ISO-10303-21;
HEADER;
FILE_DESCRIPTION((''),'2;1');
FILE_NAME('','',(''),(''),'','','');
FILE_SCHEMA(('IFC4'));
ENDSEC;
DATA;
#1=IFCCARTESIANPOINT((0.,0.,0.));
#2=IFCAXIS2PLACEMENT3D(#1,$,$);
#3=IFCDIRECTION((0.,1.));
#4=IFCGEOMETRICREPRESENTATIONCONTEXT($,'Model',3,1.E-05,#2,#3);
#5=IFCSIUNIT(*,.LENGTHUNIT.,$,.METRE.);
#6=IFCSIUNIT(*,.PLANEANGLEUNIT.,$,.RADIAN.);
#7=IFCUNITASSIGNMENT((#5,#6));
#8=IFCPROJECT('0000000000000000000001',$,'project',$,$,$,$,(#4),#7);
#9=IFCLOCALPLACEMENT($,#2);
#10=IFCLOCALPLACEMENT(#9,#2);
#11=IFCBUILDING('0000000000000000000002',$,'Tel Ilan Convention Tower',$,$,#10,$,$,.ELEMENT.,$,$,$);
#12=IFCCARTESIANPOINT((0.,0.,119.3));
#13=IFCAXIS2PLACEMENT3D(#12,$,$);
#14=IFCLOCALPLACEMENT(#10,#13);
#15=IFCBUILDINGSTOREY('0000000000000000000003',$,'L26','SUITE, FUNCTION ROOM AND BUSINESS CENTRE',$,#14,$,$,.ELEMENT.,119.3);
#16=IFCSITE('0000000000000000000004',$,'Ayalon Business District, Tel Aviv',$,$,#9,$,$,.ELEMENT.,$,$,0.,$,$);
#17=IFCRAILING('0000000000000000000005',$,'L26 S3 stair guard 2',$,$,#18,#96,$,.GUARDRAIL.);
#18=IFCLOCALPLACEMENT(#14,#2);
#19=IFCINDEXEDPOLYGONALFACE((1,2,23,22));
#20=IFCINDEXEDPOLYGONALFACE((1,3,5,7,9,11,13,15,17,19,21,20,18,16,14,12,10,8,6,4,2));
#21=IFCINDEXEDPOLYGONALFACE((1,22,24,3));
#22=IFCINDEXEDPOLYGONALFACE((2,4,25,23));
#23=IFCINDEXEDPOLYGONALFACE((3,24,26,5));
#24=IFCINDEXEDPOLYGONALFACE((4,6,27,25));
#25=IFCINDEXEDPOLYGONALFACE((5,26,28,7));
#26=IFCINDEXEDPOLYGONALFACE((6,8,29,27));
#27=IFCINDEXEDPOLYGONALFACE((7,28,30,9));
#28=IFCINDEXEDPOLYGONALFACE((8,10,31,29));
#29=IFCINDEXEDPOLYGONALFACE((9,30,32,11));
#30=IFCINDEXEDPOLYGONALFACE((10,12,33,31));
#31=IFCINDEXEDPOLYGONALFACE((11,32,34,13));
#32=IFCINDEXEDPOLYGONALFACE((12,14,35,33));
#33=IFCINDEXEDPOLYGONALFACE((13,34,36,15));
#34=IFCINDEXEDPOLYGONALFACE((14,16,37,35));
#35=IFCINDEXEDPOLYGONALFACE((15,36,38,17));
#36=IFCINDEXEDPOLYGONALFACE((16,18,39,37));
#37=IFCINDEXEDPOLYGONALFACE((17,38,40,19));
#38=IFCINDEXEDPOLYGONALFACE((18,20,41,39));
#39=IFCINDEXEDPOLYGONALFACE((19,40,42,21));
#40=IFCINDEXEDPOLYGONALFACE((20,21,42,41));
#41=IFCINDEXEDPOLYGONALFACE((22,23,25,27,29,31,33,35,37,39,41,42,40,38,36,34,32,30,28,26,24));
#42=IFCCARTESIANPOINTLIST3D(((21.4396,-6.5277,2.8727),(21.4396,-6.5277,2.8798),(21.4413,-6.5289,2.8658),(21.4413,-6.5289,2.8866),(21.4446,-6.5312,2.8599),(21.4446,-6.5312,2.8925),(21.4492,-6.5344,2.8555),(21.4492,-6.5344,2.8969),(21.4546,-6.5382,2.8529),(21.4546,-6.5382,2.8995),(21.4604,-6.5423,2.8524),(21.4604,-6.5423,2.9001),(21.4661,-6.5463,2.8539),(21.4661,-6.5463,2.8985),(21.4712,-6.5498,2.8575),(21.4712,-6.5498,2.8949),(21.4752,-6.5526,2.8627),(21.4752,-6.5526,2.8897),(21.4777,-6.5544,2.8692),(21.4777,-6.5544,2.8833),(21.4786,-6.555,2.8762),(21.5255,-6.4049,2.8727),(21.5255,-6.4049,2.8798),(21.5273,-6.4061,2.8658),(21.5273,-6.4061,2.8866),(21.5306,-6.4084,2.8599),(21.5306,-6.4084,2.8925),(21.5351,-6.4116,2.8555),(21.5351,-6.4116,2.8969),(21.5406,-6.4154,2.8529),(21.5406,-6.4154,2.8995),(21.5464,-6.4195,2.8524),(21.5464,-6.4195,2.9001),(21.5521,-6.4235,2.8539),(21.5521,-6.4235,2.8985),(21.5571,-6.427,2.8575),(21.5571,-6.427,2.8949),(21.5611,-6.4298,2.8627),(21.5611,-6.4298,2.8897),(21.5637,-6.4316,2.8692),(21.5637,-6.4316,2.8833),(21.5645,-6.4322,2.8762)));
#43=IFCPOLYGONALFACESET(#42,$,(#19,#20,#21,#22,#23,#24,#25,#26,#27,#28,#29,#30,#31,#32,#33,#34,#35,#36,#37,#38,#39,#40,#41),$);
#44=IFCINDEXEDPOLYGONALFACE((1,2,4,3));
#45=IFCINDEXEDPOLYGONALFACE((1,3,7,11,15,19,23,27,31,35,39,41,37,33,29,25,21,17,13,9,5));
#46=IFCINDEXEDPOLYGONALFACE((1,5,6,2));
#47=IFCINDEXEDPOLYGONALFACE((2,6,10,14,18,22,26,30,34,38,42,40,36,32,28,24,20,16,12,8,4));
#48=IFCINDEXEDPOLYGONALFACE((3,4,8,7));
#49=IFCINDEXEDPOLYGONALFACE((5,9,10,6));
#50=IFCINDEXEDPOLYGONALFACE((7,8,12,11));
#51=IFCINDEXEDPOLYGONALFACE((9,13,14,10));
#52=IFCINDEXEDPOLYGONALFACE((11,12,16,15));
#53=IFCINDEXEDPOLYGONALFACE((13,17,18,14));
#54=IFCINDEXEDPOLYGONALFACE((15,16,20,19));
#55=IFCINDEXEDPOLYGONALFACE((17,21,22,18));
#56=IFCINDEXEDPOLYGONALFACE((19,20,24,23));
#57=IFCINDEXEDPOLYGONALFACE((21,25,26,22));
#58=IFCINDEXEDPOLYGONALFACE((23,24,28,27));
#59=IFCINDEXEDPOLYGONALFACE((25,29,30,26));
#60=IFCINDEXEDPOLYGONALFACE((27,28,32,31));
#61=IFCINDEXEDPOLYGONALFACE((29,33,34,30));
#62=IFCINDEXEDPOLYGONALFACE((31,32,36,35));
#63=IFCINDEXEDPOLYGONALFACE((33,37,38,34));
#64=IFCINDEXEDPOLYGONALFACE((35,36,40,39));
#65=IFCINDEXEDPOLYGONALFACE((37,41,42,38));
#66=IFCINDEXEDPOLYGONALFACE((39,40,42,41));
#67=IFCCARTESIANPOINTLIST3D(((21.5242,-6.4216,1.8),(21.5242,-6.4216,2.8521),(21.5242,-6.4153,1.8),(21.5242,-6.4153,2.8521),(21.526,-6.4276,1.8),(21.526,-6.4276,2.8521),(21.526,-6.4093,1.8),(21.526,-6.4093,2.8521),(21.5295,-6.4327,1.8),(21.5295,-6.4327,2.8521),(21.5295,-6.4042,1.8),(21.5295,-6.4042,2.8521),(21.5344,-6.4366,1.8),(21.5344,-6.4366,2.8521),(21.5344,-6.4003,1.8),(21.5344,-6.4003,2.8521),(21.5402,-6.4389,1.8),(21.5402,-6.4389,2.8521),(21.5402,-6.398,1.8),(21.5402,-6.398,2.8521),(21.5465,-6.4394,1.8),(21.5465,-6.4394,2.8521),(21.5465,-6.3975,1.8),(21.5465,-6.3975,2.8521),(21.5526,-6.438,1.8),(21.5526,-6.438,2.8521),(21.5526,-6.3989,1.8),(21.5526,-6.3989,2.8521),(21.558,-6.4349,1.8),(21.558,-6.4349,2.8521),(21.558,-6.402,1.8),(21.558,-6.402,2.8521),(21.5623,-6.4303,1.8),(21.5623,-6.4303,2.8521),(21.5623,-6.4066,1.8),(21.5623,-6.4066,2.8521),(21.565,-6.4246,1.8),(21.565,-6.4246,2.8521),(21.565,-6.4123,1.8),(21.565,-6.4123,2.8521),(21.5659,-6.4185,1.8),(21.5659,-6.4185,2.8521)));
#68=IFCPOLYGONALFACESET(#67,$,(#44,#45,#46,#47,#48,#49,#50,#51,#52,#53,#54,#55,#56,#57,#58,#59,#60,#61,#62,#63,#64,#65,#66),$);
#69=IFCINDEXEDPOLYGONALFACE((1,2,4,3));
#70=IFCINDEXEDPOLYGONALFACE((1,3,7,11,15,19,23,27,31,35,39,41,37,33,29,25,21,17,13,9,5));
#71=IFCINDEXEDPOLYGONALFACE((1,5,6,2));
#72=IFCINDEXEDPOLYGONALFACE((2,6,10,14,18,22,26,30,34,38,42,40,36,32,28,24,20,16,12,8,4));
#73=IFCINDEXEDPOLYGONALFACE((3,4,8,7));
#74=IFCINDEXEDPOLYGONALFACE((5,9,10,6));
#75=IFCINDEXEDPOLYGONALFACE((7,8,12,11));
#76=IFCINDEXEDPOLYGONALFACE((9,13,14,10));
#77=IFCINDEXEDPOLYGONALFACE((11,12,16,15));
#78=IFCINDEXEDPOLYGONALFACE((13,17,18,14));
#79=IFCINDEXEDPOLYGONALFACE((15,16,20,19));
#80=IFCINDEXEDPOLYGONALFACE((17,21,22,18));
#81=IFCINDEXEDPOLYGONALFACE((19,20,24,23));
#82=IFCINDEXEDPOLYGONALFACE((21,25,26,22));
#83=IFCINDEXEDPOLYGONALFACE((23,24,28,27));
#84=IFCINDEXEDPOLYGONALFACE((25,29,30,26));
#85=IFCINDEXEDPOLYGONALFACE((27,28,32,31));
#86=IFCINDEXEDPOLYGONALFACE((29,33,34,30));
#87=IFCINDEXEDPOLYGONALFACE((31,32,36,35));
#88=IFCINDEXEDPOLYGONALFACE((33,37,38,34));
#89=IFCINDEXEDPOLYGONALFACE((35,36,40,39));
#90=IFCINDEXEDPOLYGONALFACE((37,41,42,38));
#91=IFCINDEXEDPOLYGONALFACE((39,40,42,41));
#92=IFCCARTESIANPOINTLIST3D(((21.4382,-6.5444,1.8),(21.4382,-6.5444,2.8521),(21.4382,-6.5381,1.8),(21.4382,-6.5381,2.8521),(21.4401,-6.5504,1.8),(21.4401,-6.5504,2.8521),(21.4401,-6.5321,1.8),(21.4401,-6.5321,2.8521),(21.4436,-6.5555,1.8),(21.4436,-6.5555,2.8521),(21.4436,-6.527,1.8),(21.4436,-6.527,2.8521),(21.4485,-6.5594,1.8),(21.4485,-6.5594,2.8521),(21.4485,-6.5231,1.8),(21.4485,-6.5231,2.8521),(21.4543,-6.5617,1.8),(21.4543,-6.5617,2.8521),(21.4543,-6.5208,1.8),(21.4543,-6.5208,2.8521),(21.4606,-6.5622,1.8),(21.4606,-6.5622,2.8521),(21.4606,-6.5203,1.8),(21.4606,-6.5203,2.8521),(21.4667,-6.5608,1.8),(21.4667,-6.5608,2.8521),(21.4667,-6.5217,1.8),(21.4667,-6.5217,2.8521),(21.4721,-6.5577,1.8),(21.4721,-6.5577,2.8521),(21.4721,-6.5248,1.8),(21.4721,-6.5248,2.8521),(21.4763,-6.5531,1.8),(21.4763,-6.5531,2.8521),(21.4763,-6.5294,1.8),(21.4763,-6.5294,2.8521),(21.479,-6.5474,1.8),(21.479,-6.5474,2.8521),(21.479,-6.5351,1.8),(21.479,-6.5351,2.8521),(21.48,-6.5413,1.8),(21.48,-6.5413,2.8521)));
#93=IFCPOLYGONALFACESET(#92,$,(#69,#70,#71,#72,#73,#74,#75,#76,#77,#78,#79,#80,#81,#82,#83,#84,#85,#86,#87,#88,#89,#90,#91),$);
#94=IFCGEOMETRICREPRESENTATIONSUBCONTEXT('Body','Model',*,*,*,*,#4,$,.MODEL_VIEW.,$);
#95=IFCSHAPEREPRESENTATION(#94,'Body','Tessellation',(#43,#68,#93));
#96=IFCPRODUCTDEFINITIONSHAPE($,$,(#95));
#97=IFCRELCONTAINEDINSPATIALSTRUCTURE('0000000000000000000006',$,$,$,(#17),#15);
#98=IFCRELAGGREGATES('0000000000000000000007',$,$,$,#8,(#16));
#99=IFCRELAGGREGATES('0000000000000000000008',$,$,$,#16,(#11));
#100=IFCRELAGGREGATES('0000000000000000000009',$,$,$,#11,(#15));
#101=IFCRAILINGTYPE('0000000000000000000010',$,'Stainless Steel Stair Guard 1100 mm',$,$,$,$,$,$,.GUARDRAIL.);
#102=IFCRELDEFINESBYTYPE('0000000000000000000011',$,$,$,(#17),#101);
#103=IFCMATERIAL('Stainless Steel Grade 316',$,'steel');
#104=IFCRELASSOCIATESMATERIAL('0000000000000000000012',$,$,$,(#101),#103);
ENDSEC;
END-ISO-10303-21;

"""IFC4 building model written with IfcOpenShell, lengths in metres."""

from ifc_helpers import new_model, si_unit, direction, frame, origin, origin_2d, place, context, subcontext, project, spatial, circle, extrude, material, type_object, element, save


model = new_model("IFC4")

# Units and contexts
model_context = context("Model", 3, precision=1e-05, world=origin(), true_north=direction((0.0, 1.0)))
body_context = subcontext(model_context, "Body", "Model", "MODEL_VIEW")
ifc_project = project(units=[si_unit("LENGTHUNIT", "METRE"), si_unit("PLANEANGLEUNIT", "RADIAN")], contexts=[model_context])

# Site, building, storey
site_placement = place(None, origin())
site = spatial("IfcSite", under=ifc_project, at=site_placement, Name="Ayalon Business District, Tel Aviv", CompositionType="ELEMENT", RefElevation=0.0)
building_placement = place(site_placement, origin())
building = spatial("IfcBuilding", under=site, at=building_placement, Name="Tel Ilan Convention Tower", CompositionType="ELEMENT")
storey_placement = place(building_placement, frame((0.0, 0.0, 119.3)))
storey = spatial("IfcBuildingStorey", under=building, at=storey_placement, Name="L26", Description="SUITE, FUNCTION ROOM AND BUSINESS CENTRE", CompositionType="ELEMENT", Elevation=119.3)

# Railing
ifc_material_1 = material(Name="Stainless Steel Grade 316", Category="steel")
railing_type_1 = type_object("IfcRailingType", Name="Stainless Steel Stair Guard 1100 mm", PredefinedType="GUARDRAIL", material=ifc_material_1)
railing_1_placement = place(storey_placement, frame((21.5449, -6.4185, 1.8)))
element("IfcRailing", 1, at=railing_1_placement, inside=storey, type_object=railing_type_1, Name="L26 S3 stair guard 2", PredefinedType="GUARDRAIL", context=body_context, shape_type="SweptSolid", body=[
    extrude(circle(Radius=0.0239, at=origin_2d()), frame((0.0, 0.0, 1.0762), z_axis=(-0.573353, -0.819308, 0.0), x_axis=(0.819308, -0.573353, 0.0)), (0.0, 0.0, 1.0), 0.1499),
    extrude(circle(Radius=0.021, at=origin_2d()), origin(), (0.0, 0.0, 1.0), 1.052),
    extrude(circle(Radius=0.021, at=origin_2d()), frame((-0.0859, -0.1228, 0.0)), (0.0, 0.0, 1.0), 1.052),
])

save(model, "model.ifc")
